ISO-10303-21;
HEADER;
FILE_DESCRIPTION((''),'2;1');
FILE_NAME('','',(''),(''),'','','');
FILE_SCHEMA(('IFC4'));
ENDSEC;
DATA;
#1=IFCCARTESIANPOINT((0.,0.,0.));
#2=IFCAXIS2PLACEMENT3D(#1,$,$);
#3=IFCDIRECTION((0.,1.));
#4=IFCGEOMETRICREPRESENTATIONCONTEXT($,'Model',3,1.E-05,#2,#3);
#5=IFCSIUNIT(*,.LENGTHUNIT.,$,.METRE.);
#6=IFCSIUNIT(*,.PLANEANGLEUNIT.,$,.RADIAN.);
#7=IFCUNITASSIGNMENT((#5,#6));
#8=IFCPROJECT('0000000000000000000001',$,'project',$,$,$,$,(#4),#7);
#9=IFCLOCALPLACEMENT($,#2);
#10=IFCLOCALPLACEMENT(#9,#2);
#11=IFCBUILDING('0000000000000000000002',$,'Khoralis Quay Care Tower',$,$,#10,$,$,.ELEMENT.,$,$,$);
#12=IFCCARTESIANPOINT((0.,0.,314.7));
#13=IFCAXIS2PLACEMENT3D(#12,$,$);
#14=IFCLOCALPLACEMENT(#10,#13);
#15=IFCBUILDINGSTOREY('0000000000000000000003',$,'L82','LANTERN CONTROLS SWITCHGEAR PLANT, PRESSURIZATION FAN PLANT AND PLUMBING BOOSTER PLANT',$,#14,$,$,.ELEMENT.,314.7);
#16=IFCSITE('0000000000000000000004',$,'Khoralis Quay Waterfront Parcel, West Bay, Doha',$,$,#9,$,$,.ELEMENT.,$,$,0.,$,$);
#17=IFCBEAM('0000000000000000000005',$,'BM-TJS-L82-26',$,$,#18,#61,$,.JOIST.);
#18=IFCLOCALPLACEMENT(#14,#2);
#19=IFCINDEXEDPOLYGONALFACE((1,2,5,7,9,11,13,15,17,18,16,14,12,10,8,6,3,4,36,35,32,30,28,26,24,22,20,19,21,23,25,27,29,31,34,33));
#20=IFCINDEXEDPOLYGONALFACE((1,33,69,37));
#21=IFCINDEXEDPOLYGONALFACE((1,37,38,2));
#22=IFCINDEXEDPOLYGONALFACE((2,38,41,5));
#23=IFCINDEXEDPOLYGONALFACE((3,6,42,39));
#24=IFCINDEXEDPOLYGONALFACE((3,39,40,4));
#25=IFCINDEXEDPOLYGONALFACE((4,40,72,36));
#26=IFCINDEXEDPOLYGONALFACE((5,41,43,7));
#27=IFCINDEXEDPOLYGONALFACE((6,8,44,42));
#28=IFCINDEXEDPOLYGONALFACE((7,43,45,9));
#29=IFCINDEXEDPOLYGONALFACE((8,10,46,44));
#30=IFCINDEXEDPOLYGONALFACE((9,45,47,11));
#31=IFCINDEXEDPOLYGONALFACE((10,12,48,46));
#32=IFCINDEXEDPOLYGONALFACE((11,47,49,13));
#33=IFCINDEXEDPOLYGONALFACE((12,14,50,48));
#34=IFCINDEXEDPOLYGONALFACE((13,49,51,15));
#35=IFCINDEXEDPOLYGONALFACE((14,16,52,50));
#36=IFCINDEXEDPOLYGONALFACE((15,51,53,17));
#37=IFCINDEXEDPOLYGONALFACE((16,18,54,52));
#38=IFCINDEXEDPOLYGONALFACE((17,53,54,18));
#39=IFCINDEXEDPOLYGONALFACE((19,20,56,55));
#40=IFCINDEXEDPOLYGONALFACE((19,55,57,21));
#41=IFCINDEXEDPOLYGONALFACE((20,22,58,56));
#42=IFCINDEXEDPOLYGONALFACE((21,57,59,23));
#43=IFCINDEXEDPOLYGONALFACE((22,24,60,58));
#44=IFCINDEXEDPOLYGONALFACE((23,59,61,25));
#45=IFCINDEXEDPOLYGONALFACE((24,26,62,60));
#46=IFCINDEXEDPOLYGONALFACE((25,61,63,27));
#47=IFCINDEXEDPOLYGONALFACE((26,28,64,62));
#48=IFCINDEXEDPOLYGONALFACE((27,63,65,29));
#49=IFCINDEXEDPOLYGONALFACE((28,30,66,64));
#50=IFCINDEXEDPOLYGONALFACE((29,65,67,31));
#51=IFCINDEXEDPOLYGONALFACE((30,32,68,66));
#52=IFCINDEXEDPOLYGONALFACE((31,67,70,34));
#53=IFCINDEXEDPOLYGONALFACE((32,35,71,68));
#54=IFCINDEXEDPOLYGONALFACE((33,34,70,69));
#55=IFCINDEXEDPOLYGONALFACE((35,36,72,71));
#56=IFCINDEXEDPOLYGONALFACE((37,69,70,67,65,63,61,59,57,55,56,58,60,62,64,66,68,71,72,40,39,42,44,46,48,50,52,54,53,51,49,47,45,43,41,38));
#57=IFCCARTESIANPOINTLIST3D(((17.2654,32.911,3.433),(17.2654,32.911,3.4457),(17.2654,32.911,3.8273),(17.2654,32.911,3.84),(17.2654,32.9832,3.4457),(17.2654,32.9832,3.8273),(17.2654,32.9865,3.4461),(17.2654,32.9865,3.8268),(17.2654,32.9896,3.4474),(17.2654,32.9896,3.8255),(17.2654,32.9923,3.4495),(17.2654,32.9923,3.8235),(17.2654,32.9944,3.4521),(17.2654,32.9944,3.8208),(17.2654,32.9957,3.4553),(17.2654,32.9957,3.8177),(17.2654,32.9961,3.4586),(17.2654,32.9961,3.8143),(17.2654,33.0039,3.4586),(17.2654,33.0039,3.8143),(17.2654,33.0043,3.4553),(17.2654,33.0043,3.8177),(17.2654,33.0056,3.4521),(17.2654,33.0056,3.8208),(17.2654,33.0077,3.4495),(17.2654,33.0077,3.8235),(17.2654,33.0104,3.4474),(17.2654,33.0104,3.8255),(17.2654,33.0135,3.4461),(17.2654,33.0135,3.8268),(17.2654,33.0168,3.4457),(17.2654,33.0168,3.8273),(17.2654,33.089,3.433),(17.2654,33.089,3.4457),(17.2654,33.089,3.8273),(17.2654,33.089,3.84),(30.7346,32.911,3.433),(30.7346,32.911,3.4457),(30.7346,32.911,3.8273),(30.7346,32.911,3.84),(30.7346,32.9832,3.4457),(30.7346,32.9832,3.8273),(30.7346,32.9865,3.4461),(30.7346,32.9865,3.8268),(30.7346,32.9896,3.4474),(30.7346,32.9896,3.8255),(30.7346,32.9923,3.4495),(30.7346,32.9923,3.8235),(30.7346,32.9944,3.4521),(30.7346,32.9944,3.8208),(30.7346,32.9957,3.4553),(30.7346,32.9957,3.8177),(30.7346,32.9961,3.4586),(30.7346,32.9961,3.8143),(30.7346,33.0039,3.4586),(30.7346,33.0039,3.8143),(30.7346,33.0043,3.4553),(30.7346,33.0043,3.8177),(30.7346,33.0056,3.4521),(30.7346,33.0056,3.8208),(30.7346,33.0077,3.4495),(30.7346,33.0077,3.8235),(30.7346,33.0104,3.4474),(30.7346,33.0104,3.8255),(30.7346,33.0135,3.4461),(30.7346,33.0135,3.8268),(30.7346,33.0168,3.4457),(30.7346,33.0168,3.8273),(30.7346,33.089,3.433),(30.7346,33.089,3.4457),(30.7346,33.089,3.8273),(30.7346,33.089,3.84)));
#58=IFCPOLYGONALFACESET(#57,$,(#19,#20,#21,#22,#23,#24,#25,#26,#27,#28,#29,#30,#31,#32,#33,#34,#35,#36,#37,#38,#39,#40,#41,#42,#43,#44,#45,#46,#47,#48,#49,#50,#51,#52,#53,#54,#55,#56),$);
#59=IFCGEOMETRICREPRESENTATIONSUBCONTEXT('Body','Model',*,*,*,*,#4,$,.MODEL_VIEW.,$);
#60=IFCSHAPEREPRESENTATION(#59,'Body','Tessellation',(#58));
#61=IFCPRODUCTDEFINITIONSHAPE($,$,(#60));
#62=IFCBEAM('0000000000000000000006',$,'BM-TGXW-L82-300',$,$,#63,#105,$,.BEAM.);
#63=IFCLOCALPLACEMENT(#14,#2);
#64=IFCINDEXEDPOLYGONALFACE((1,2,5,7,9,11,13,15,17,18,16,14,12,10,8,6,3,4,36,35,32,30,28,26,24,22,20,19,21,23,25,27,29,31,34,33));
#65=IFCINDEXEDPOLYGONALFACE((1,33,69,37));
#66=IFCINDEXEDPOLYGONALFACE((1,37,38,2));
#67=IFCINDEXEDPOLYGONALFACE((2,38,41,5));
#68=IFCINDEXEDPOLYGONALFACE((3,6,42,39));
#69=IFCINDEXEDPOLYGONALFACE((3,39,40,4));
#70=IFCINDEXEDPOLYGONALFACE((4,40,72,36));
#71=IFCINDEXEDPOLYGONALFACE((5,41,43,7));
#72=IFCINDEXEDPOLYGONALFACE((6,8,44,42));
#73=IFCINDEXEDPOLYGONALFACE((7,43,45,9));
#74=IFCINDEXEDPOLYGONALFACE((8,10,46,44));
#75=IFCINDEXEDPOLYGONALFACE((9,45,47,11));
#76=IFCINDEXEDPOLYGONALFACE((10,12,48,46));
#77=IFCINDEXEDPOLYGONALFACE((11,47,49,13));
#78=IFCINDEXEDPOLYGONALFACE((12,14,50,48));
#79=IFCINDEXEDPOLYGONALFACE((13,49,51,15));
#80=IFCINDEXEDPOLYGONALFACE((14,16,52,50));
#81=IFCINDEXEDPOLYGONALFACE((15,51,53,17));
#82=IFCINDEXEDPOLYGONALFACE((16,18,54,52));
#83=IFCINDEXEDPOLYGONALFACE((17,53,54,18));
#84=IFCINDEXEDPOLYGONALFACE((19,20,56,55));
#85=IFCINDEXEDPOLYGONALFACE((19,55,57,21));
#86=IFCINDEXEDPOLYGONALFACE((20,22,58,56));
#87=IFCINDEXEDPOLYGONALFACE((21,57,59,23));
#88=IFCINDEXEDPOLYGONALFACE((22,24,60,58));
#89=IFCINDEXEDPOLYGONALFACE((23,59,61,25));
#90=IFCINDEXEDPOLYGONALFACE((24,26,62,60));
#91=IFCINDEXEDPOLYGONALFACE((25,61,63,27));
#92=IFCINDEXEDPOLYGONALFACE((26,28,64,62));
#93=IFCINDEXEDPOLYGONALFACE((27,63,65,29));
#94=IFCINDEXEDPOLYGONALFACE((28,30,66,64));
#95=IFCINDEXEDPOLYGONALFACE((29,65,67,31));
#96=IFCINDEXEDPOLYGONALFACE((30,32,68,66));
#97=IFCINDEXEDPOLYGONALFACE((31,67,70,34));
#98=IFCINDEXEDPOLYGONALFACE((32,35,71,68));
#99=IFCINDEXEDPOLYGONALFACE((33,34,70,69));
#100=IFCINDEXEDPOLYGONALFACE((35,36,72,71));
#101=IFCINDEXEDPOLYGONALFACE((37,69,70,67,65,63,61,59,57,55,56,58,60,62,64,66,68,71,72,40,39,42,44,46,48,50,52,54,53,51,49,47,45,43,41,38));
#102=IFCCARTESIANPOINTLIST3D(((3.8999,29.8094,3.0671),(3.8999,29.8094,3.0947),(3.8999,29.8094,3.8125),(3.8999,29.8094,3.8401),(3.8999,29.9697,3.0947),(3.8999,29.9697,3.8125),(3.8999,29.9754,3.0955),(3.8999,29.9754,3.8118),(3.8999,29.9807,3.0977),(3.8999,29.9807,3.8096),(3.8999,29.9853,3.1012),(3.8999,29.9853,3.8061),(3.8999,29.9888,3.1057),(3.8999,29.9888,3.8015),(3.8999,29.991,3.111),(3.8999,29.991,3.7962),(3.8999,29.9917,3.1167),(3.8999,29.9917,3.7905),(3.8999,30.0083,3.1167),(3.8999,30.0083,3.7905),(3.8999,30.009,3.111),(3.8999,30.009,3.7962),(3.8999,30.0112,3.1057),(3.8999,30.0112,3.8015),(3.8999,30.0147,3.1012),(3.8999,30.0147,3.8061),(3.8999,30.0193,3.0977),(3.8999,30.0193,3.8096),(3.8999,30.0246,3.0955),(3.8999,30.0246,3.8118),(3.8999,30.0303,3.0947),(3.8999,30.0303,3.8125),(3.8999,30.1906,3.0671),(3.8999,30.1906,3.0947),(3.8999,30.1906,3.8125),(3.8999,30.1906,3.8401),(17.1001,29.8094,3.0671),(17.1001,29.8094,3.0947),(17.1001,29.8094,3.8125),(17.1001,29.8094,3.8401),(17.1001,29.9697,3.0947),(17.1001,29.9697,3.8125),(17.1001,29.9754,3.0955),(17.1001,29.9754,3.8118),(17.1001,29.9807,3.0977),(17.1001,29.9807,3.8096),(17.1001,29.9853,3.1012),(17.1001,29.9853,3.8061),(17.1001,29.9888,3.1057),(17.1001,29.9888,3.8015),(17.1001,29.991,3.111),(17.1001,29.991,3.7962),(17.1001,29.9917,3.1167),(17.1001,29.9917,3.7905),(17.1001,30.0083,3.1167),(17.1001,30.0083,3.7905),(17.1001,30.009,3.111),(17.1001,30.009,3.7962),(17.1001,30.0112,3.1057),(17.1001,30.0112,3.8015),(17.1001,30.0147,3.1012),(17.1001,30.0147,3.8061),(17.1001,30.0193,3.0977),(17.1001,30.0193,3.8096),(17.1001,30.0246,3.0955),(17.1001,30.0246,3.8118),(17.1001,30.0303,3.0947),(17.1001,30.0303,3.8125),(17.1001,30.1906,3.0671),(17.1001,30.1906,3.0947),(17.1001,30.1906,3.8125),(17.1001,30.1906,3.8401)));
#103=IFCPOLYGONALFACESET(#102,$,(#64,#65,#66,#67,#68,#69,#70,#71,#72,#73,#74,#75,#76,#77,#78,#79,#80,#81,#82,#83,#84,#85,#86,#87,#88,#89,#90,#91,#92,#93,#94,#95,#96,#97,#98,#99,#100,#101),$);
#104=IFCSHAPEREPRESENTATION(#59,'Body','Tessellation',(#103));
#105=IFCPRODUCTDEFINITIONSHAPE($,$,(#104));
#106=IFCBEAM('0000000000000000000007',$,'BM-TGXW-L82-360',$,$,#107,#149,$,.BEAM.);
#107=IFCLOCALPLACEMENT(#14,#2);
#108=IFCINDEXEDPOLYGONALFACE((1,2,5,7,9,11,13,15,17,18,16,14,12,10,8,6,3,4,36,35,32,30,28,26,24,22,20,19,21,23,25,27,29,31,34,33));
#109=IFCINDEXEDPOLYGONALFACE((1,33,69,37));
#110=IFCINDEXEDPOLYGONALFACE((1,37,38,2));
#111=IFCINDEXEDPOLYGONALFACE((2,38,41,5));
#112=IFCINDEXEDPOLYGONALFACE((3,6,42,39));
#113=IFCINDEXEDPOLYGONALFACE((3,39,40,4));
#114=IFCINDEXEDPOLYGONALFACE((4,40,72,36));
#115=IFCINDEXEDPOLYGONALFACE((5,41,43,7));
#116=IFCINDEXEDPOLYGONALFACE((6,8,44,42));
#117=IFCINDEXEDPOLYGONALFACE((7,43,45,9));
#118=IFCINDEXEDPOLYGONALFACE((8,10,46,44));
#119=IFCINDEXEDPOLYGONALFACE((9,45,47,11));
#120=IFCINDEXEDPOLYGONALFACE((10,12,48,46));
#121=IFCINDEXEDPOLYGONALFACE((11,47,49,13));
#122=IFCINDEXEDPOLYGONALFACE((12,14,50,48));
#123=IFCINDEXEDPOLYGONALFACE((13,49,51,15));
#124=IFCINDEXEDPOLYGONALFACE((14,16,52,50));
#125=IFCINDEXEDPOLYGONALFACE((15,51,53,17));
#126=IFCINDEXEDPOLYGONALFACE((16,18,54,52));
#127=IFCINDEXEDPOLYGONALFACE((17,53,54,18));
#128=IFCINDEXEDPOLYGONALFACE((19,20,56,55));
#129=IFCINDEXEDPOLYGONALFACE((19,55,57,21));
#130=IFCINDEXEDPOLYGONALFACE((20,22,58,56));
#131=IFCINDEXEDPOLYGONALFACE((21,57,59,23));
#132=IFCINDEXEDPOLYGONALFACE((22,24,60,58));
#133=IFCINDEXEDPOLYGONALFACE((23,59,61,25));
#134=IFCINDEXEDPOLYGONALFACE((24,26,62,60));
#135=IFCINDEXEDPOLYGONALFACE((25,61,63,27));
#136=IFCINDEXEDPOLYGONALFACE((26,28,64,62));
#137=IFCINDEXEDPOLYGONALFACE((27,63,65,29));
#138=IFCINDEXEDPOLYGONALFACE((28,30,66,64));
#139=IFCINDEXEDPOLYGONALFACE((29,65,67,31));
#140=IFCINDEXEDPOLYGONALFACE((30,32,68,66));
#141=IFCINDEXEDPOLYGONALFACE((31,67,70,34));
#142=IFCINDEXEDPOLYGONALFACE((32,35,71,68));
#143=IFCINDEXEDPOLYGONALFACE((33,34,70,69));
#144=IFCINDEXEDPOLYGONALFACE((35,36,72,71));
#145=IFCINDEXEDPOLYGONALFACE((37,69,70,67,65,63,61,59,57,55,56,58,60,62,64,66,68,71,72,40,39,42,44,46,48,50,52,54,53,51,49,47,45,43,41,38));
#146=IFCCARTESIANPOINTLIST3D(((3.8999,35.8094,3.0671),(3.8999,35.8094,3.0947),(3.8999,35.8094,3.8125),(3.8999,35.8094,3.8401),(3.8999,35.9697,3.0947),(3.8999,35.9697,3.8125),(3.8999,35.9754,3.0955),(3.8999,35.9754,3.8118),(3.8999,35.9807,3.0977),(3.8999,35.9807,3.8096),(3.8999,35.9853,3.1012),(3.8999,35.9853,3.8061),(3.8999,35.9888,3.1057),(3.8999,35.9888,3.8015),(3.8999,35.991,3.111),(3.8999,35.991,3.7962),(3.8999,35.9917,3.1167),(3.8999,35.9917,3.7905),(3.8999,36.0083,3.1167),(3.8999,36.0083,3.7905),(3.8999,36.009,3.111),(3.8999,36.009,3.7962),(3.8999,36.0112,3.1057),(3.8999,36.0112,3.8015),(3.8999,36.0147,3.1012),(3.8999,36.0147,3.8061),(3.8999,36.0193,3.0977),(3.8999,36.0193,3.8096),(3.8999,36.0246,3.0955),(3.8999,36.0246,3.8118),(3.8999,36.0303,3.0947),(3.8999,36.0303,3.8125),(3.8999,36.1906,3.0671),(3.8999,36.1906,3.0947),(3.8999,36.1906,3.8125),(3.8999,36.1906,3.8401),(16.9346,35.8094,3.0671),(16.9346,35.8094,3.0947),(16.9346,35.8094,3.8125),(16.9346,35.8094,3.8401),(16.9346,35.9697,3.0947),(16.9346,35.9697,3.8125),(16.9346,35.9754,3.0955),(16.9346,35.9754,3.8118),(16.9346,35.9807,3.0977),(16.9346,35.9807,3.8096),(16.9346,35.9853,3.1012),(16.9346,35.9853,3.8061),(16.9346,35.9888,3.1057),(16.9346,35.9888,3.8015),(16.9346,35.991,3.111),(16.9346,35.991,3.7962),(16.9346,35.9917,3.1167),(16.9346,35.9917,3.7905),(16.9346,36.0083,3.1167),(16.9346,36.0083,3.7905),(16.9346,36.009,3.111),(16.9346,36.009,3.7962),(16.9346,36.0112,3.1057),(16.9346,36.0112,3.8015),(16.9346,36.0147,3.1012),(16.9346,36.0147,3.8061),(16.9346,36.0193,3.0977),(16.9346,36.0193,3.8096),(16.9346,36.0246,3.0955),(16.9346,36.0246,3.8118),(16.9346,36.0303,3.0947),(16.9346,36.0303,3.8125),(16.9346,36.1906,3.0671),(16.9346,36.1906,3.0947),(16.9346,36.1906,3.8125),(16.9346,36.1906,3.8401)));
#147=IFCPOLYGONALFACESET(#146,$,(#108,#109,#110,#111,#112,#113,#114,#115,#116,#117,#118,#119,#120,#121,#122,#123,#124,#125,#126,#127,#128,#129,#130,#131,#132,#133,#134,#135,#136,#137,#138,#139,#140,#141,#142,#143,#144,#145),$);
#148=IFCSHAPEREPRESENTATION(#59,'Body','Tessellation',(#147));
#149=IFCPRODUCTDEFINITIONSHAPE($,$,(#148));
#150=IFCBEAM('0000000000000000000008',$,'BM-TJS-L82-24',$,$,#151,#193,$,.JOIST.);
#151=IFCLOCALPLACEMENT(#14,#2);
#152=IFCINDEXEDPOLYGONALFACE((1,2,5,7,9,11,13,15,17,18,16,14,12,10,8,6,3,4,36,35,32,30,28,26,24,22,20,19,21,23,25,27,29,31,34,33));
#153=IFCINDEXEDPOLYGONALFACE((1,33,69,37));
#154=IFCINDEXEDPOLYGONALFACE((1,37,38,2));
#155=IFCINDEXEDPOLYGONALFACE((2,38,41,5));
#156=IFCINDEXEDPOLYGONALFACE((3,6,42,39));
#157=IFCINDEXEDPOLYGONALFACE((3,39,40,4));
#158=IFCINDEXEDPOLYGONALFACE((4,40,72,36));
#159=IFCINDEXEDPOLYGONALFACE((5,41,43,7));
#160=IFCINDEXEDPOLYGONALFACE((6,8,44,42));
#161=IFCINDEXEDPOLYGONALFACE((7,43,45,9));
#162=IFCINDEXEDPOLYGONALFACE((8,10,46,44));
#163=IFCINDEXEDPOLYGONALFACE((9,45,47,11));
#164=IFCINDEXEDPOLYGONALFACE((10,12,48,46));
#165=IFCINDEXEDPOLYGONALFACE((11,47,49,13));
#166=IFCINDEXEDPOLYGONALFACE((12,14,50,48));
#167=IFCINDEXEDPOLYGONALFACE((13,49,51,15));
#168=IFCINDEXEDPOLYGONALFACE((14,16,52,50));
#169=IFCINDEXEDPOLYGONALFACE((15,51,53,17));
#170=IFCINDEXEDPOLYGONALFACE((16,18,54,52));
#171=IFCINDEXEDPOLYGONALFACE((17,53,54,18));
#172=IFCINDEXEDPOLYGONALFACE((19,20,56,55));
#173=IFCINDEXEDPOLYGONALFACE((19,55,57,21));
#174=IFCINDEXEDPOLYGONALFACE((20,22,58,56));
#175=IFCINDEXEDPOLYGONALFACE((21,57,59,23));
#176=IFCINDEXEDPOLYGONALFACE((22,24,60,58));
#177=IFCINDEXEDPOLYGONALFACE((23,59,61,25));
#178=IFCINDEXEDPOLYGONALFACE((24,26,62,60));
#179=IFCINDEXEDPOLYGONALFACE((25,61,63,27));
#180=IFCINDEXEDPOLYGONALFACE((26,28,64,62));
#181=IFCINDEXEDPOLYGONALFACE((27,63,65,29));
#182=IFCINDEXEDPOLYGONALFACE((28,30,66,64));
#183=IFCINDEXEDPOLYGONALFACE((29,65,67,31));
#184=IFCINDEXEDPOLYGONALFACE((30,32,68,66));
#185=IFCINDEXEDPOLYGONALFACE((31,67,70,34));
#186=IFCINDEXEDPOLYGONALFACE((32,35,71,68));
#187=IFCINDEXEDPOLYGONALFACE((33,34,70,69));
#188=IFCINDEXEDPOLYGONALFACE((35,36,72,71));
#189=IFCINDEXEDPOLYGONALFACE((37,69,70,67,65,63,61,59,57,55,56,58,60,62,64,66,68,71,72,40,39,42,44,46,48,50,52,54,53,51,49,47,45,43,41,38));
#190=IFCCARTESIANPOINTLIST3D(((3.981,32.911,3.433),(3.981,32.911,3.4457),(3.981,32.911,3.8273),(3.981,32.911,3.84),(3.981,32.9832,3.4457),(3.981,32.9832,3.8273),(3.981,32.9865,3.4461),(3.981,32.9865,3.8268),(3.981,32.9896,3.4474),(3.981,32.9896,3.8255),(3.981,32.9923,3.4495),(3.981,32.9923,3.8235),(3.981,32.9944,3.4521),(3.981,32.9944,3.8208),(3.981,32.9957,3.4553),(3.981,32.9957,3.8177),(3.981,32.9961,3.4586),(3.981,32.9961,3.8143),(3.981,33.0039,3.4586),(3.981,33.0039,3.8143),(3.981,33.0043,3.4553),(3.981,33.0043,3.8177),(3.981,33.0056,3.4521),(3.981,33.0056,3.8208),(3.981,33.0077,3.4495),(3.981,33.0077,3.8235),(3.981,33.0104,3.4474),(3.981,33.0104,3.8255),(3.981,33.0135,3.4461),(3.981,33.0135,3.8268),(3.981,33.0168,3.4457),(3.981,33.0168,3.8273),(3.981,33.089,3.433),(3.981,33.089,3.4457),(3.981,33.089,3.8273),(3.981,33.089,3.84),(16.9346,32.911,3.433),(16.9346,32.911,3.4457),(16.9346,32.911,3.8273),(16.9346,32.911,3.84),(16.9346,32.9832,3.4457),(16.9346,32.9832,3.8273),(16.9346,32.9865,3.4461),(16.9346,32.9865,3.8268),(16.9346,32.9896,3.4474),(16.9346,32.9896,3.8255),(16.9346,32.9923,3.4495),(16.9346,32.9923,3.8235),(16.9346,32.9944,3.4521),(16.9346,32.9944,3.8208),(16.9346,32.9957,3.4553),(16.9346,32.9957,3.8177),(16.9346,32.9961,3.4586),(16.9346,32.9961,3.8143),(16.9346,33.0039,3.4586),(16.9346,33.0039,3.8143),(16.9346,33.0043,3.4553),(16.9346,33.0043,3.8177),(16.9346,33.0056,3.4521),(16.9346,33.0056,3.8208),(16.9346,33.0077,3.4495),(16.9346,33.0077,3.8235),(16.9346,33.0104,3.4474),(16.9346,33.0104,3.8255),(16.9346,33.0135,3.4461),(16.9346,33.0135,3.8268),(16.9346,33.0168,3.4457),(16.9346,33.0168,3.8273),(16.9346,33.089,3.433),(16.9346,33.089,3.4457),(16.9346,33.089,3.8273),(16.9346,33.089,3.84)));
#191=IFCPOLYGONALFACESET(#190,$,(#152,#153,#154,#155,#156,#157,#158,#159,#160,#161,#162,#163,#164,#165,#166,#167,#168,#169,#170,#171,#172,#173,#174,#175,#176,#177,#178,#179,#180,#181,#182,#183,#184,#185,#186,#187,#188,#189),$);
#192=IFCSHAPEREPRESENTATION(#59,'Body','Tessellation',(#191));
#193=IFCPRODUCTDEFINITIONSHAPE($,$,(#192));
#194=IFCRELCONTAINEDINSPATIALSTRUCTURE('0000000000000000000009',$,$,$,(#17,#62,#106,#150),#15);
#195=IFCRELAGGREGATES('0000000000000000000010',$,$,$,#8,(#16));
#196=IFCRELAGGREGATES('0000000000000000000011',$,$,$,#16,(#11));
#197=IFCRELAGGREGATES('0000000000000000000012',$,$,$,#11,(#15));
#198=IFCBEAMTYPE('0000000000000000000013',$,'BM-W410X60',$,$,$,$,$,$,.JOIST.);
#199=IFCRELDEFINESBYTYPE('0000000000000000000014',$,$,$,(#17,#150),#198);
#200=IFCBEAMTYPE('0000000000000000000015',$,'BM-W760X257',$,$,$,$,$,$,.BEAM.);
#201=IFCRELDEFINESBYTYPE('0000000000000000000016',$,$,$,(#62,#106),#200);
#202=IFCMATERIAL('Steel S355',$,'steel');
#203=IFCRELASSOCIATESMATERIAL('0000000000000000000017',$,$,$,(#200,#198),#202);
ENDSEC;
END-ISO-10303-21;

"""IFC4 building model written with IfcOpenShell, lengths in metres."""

from ifc_helpers import new_model, si_unit, direction, frame, origin, origin_2d, place, context, subcontext, project, spatial, i_section, extrude, source, transform, mapped, material, material_profile, profile_set, type_object, element, save


model = new_model("IFC4")

# Units and contexts
model_context = context("Model", 3, precision=1e-05, world=origin(), true_north=direction((0.0, 1.0)))
body_context = subcontext(model_context, "Body", "Model", "MODEL_VIEW")
ifc_project = project(units=[si_unit("LENGTHUNIT", "METRE"), si_unit("PLANEANGLEUNIT", "RADIAN")], contexts=[model_context])

# Site, building, storey
site_placement = place(None, origin())
site = spatial("IfcSite", under=ifc_project, at=site_placement, Name="Khoralis Quay Waterfront Parcel, West Bay, Doha", CompositionType="ELEMENT", RefElevation=0.0)
building_placement = place(site_placement, origin())
building = spatial("IfcBuilding", under=site, at=building_placement, Name="Khoralis Quay Care Tower", CompositionType="ELEMENT")
storey_placement = place(building_placement, frame((0.0, 0.0, 314.7)))
storey = spatial("IfcBuildingStorey", under=building, at=storey_placement, Name="L82", Description="LANTERN CONTROLS SWITCHGEAR PLANT, PRESSURIZATION FAN PLANT AND PLUMBING BOOSTER PLANT", CompositionType="ELEMENT", Elevation=314.7)

# Shared definitions
ifc_material_1 = material(Name="Steel S355", Category="steel")

# Beams
ifc_material_profile_1 = material_profile(ifc_material_1, i_section(OverallWidth=0.3811, OverallDepth=0.7729, WebThickness=0.0166, FlangeThickness=0.0276, FilletRadius=0.022, at=origin_2d()), Name="Steel S355")
ifc_profile_set_1 = profile_set([ifc_material_profile_1], Name="Steel S355")
beam_type_1 = type_object("IfcBeamType", Name="BM-W760X257", PredefinedType="BEAM", material=ifc_profile_set_1)
ifc_material_profile_2 = material_profile(ifc_material_1, i_section(OverallWidth=0.178, OverallDepth=0.407, WebThickness=0.0078, FlangeThickness=0.0127, FilletRadius=0.0129, at=origin_2d()), Name="Steel S355")
ifc_profile_set_2 = profile_set([ifc_material_profile_2], Name="Steel S355")
beam_type_2 = type_object("IfcBeamType", Name="BM-W410X60", PredefinedType="JOIST", material=ifc_profile_set_2)
shared_shape_1 = source(origin(), body_context, "Body", "SweptSolid", [
    extrude(i_section(OverallWidth=0.178, OverallDepth=0.407, WebThickness=0.0078, FlangeThickness=0.0127, FilletRadius=0.0129, at=origin_2d()), origin(), (0.0, 0.0, 1.0), 13.4692),
])
beam_1_placement = place(storey_placement, frame((17.2654, 33.0, 3.6365), z_axis=(1.0, 0.0, 0.0), x_axis=(0.0, 1.0, 0.0)))
element("IfcBeam", 1, at=beam_1_placement, inside=storey, type_object=beam_type_2, Name="BM-TJS-L82-26", PredefinedType="JOIST", context=body_context, shape_type="MappedRepresentation", body=[
    mapped(shared_shape_1, transform((0.0, 0.0, 0.0), scale=1.0)),
])
shared_shape_2 = source(origin(), body_context, "Body", "SweptSolid", [
    extrude(i_section(OverallWidth=0.3811, OverallDepth=0.7729, WebThickness=0.0166, FlangeThickness=0.0276, FilletRadius=0.022, at=origin_2d()), origin(), (0.0, 0.0, 1.0), 13.2002),
])
beam_2_placement = place(storey_placement, frame((3.8999, 30.0, 3.4536), z_axis=(1.0, 0.0, 0.0), x_axis=(0.0, 1.0, 0.0)))
element("IfcBeam", 2, at=beam_2_placement, inside=storey, type_object=beam_type_1, Name="BM-TGXW-L82-300", PredefinedType="BEAM", context=body_context, shape_type="MappedRepresentation", body=[
    mapped(shared_shape_2, transform((0.0, 0.0, 0.0), scale=1.0)),
])
shared_shape_3 = source(origin(), body_context, "Body", "SweptSolid", [
    extrude(i_section(OverallWidth=0.3811, OverallDepth=0.7729, WebThickness=0.0166, FlangeThickness=0.0276, FilletRadius=0.022, at=origin_2d()), origin(), (0.0, 0.0, 1.0), 13.0347),
])
beam_3_placement = place(storey_placement, frame((3.8999, 36.0, 3.4536), z_axis=(1.0, 0.0, 0.0), x_axis=(0.0, 1.0, 0.0)))
element("IfcBeam", 3, at=beam_3_placement, inside=storey, type_object=beam_type_1, Name="BM-TGXW-L82-360", PredefinedType="BEAM", context=body_context, shape_type="MappedRepresentation", body=[
    mapped(shared_shape_3, transform((0.0, 0.0, 0.0), scale=1.0)),
])
shared_shape_4 = source(origin(), body_context, "Body", "SweptSolid", [
    extrude(i_section(OverallWidth=0.178, OverallDepth=0.407, WebThickness=0.0078, FlangeThickness=0.0127, FilletRadius=0.0129, at=origin_2d()), origin(), (0.0, 0.0, 1.0), 12.9536),
])
beam_4_placement = place(storey_placement, frame((3.981, 33.0, 3.6365), z_axis=(1.0, 0.0, 0.0), x_axis=(0.0, 1.0, 0.0)))
element("IfcBeam", 4, at=beam_4_placement, inside=storey, type_object=beam_type_2, Name="BM-TJS-L82-24", PredefinedType="JOIST", context=body_context, shape_type="MappedRepresentation", body=[
    mapped(shared_shape_4, transform((0.0, 0.0, 0.0), scale=1.0)),
])

save(model, "model.ifc")
